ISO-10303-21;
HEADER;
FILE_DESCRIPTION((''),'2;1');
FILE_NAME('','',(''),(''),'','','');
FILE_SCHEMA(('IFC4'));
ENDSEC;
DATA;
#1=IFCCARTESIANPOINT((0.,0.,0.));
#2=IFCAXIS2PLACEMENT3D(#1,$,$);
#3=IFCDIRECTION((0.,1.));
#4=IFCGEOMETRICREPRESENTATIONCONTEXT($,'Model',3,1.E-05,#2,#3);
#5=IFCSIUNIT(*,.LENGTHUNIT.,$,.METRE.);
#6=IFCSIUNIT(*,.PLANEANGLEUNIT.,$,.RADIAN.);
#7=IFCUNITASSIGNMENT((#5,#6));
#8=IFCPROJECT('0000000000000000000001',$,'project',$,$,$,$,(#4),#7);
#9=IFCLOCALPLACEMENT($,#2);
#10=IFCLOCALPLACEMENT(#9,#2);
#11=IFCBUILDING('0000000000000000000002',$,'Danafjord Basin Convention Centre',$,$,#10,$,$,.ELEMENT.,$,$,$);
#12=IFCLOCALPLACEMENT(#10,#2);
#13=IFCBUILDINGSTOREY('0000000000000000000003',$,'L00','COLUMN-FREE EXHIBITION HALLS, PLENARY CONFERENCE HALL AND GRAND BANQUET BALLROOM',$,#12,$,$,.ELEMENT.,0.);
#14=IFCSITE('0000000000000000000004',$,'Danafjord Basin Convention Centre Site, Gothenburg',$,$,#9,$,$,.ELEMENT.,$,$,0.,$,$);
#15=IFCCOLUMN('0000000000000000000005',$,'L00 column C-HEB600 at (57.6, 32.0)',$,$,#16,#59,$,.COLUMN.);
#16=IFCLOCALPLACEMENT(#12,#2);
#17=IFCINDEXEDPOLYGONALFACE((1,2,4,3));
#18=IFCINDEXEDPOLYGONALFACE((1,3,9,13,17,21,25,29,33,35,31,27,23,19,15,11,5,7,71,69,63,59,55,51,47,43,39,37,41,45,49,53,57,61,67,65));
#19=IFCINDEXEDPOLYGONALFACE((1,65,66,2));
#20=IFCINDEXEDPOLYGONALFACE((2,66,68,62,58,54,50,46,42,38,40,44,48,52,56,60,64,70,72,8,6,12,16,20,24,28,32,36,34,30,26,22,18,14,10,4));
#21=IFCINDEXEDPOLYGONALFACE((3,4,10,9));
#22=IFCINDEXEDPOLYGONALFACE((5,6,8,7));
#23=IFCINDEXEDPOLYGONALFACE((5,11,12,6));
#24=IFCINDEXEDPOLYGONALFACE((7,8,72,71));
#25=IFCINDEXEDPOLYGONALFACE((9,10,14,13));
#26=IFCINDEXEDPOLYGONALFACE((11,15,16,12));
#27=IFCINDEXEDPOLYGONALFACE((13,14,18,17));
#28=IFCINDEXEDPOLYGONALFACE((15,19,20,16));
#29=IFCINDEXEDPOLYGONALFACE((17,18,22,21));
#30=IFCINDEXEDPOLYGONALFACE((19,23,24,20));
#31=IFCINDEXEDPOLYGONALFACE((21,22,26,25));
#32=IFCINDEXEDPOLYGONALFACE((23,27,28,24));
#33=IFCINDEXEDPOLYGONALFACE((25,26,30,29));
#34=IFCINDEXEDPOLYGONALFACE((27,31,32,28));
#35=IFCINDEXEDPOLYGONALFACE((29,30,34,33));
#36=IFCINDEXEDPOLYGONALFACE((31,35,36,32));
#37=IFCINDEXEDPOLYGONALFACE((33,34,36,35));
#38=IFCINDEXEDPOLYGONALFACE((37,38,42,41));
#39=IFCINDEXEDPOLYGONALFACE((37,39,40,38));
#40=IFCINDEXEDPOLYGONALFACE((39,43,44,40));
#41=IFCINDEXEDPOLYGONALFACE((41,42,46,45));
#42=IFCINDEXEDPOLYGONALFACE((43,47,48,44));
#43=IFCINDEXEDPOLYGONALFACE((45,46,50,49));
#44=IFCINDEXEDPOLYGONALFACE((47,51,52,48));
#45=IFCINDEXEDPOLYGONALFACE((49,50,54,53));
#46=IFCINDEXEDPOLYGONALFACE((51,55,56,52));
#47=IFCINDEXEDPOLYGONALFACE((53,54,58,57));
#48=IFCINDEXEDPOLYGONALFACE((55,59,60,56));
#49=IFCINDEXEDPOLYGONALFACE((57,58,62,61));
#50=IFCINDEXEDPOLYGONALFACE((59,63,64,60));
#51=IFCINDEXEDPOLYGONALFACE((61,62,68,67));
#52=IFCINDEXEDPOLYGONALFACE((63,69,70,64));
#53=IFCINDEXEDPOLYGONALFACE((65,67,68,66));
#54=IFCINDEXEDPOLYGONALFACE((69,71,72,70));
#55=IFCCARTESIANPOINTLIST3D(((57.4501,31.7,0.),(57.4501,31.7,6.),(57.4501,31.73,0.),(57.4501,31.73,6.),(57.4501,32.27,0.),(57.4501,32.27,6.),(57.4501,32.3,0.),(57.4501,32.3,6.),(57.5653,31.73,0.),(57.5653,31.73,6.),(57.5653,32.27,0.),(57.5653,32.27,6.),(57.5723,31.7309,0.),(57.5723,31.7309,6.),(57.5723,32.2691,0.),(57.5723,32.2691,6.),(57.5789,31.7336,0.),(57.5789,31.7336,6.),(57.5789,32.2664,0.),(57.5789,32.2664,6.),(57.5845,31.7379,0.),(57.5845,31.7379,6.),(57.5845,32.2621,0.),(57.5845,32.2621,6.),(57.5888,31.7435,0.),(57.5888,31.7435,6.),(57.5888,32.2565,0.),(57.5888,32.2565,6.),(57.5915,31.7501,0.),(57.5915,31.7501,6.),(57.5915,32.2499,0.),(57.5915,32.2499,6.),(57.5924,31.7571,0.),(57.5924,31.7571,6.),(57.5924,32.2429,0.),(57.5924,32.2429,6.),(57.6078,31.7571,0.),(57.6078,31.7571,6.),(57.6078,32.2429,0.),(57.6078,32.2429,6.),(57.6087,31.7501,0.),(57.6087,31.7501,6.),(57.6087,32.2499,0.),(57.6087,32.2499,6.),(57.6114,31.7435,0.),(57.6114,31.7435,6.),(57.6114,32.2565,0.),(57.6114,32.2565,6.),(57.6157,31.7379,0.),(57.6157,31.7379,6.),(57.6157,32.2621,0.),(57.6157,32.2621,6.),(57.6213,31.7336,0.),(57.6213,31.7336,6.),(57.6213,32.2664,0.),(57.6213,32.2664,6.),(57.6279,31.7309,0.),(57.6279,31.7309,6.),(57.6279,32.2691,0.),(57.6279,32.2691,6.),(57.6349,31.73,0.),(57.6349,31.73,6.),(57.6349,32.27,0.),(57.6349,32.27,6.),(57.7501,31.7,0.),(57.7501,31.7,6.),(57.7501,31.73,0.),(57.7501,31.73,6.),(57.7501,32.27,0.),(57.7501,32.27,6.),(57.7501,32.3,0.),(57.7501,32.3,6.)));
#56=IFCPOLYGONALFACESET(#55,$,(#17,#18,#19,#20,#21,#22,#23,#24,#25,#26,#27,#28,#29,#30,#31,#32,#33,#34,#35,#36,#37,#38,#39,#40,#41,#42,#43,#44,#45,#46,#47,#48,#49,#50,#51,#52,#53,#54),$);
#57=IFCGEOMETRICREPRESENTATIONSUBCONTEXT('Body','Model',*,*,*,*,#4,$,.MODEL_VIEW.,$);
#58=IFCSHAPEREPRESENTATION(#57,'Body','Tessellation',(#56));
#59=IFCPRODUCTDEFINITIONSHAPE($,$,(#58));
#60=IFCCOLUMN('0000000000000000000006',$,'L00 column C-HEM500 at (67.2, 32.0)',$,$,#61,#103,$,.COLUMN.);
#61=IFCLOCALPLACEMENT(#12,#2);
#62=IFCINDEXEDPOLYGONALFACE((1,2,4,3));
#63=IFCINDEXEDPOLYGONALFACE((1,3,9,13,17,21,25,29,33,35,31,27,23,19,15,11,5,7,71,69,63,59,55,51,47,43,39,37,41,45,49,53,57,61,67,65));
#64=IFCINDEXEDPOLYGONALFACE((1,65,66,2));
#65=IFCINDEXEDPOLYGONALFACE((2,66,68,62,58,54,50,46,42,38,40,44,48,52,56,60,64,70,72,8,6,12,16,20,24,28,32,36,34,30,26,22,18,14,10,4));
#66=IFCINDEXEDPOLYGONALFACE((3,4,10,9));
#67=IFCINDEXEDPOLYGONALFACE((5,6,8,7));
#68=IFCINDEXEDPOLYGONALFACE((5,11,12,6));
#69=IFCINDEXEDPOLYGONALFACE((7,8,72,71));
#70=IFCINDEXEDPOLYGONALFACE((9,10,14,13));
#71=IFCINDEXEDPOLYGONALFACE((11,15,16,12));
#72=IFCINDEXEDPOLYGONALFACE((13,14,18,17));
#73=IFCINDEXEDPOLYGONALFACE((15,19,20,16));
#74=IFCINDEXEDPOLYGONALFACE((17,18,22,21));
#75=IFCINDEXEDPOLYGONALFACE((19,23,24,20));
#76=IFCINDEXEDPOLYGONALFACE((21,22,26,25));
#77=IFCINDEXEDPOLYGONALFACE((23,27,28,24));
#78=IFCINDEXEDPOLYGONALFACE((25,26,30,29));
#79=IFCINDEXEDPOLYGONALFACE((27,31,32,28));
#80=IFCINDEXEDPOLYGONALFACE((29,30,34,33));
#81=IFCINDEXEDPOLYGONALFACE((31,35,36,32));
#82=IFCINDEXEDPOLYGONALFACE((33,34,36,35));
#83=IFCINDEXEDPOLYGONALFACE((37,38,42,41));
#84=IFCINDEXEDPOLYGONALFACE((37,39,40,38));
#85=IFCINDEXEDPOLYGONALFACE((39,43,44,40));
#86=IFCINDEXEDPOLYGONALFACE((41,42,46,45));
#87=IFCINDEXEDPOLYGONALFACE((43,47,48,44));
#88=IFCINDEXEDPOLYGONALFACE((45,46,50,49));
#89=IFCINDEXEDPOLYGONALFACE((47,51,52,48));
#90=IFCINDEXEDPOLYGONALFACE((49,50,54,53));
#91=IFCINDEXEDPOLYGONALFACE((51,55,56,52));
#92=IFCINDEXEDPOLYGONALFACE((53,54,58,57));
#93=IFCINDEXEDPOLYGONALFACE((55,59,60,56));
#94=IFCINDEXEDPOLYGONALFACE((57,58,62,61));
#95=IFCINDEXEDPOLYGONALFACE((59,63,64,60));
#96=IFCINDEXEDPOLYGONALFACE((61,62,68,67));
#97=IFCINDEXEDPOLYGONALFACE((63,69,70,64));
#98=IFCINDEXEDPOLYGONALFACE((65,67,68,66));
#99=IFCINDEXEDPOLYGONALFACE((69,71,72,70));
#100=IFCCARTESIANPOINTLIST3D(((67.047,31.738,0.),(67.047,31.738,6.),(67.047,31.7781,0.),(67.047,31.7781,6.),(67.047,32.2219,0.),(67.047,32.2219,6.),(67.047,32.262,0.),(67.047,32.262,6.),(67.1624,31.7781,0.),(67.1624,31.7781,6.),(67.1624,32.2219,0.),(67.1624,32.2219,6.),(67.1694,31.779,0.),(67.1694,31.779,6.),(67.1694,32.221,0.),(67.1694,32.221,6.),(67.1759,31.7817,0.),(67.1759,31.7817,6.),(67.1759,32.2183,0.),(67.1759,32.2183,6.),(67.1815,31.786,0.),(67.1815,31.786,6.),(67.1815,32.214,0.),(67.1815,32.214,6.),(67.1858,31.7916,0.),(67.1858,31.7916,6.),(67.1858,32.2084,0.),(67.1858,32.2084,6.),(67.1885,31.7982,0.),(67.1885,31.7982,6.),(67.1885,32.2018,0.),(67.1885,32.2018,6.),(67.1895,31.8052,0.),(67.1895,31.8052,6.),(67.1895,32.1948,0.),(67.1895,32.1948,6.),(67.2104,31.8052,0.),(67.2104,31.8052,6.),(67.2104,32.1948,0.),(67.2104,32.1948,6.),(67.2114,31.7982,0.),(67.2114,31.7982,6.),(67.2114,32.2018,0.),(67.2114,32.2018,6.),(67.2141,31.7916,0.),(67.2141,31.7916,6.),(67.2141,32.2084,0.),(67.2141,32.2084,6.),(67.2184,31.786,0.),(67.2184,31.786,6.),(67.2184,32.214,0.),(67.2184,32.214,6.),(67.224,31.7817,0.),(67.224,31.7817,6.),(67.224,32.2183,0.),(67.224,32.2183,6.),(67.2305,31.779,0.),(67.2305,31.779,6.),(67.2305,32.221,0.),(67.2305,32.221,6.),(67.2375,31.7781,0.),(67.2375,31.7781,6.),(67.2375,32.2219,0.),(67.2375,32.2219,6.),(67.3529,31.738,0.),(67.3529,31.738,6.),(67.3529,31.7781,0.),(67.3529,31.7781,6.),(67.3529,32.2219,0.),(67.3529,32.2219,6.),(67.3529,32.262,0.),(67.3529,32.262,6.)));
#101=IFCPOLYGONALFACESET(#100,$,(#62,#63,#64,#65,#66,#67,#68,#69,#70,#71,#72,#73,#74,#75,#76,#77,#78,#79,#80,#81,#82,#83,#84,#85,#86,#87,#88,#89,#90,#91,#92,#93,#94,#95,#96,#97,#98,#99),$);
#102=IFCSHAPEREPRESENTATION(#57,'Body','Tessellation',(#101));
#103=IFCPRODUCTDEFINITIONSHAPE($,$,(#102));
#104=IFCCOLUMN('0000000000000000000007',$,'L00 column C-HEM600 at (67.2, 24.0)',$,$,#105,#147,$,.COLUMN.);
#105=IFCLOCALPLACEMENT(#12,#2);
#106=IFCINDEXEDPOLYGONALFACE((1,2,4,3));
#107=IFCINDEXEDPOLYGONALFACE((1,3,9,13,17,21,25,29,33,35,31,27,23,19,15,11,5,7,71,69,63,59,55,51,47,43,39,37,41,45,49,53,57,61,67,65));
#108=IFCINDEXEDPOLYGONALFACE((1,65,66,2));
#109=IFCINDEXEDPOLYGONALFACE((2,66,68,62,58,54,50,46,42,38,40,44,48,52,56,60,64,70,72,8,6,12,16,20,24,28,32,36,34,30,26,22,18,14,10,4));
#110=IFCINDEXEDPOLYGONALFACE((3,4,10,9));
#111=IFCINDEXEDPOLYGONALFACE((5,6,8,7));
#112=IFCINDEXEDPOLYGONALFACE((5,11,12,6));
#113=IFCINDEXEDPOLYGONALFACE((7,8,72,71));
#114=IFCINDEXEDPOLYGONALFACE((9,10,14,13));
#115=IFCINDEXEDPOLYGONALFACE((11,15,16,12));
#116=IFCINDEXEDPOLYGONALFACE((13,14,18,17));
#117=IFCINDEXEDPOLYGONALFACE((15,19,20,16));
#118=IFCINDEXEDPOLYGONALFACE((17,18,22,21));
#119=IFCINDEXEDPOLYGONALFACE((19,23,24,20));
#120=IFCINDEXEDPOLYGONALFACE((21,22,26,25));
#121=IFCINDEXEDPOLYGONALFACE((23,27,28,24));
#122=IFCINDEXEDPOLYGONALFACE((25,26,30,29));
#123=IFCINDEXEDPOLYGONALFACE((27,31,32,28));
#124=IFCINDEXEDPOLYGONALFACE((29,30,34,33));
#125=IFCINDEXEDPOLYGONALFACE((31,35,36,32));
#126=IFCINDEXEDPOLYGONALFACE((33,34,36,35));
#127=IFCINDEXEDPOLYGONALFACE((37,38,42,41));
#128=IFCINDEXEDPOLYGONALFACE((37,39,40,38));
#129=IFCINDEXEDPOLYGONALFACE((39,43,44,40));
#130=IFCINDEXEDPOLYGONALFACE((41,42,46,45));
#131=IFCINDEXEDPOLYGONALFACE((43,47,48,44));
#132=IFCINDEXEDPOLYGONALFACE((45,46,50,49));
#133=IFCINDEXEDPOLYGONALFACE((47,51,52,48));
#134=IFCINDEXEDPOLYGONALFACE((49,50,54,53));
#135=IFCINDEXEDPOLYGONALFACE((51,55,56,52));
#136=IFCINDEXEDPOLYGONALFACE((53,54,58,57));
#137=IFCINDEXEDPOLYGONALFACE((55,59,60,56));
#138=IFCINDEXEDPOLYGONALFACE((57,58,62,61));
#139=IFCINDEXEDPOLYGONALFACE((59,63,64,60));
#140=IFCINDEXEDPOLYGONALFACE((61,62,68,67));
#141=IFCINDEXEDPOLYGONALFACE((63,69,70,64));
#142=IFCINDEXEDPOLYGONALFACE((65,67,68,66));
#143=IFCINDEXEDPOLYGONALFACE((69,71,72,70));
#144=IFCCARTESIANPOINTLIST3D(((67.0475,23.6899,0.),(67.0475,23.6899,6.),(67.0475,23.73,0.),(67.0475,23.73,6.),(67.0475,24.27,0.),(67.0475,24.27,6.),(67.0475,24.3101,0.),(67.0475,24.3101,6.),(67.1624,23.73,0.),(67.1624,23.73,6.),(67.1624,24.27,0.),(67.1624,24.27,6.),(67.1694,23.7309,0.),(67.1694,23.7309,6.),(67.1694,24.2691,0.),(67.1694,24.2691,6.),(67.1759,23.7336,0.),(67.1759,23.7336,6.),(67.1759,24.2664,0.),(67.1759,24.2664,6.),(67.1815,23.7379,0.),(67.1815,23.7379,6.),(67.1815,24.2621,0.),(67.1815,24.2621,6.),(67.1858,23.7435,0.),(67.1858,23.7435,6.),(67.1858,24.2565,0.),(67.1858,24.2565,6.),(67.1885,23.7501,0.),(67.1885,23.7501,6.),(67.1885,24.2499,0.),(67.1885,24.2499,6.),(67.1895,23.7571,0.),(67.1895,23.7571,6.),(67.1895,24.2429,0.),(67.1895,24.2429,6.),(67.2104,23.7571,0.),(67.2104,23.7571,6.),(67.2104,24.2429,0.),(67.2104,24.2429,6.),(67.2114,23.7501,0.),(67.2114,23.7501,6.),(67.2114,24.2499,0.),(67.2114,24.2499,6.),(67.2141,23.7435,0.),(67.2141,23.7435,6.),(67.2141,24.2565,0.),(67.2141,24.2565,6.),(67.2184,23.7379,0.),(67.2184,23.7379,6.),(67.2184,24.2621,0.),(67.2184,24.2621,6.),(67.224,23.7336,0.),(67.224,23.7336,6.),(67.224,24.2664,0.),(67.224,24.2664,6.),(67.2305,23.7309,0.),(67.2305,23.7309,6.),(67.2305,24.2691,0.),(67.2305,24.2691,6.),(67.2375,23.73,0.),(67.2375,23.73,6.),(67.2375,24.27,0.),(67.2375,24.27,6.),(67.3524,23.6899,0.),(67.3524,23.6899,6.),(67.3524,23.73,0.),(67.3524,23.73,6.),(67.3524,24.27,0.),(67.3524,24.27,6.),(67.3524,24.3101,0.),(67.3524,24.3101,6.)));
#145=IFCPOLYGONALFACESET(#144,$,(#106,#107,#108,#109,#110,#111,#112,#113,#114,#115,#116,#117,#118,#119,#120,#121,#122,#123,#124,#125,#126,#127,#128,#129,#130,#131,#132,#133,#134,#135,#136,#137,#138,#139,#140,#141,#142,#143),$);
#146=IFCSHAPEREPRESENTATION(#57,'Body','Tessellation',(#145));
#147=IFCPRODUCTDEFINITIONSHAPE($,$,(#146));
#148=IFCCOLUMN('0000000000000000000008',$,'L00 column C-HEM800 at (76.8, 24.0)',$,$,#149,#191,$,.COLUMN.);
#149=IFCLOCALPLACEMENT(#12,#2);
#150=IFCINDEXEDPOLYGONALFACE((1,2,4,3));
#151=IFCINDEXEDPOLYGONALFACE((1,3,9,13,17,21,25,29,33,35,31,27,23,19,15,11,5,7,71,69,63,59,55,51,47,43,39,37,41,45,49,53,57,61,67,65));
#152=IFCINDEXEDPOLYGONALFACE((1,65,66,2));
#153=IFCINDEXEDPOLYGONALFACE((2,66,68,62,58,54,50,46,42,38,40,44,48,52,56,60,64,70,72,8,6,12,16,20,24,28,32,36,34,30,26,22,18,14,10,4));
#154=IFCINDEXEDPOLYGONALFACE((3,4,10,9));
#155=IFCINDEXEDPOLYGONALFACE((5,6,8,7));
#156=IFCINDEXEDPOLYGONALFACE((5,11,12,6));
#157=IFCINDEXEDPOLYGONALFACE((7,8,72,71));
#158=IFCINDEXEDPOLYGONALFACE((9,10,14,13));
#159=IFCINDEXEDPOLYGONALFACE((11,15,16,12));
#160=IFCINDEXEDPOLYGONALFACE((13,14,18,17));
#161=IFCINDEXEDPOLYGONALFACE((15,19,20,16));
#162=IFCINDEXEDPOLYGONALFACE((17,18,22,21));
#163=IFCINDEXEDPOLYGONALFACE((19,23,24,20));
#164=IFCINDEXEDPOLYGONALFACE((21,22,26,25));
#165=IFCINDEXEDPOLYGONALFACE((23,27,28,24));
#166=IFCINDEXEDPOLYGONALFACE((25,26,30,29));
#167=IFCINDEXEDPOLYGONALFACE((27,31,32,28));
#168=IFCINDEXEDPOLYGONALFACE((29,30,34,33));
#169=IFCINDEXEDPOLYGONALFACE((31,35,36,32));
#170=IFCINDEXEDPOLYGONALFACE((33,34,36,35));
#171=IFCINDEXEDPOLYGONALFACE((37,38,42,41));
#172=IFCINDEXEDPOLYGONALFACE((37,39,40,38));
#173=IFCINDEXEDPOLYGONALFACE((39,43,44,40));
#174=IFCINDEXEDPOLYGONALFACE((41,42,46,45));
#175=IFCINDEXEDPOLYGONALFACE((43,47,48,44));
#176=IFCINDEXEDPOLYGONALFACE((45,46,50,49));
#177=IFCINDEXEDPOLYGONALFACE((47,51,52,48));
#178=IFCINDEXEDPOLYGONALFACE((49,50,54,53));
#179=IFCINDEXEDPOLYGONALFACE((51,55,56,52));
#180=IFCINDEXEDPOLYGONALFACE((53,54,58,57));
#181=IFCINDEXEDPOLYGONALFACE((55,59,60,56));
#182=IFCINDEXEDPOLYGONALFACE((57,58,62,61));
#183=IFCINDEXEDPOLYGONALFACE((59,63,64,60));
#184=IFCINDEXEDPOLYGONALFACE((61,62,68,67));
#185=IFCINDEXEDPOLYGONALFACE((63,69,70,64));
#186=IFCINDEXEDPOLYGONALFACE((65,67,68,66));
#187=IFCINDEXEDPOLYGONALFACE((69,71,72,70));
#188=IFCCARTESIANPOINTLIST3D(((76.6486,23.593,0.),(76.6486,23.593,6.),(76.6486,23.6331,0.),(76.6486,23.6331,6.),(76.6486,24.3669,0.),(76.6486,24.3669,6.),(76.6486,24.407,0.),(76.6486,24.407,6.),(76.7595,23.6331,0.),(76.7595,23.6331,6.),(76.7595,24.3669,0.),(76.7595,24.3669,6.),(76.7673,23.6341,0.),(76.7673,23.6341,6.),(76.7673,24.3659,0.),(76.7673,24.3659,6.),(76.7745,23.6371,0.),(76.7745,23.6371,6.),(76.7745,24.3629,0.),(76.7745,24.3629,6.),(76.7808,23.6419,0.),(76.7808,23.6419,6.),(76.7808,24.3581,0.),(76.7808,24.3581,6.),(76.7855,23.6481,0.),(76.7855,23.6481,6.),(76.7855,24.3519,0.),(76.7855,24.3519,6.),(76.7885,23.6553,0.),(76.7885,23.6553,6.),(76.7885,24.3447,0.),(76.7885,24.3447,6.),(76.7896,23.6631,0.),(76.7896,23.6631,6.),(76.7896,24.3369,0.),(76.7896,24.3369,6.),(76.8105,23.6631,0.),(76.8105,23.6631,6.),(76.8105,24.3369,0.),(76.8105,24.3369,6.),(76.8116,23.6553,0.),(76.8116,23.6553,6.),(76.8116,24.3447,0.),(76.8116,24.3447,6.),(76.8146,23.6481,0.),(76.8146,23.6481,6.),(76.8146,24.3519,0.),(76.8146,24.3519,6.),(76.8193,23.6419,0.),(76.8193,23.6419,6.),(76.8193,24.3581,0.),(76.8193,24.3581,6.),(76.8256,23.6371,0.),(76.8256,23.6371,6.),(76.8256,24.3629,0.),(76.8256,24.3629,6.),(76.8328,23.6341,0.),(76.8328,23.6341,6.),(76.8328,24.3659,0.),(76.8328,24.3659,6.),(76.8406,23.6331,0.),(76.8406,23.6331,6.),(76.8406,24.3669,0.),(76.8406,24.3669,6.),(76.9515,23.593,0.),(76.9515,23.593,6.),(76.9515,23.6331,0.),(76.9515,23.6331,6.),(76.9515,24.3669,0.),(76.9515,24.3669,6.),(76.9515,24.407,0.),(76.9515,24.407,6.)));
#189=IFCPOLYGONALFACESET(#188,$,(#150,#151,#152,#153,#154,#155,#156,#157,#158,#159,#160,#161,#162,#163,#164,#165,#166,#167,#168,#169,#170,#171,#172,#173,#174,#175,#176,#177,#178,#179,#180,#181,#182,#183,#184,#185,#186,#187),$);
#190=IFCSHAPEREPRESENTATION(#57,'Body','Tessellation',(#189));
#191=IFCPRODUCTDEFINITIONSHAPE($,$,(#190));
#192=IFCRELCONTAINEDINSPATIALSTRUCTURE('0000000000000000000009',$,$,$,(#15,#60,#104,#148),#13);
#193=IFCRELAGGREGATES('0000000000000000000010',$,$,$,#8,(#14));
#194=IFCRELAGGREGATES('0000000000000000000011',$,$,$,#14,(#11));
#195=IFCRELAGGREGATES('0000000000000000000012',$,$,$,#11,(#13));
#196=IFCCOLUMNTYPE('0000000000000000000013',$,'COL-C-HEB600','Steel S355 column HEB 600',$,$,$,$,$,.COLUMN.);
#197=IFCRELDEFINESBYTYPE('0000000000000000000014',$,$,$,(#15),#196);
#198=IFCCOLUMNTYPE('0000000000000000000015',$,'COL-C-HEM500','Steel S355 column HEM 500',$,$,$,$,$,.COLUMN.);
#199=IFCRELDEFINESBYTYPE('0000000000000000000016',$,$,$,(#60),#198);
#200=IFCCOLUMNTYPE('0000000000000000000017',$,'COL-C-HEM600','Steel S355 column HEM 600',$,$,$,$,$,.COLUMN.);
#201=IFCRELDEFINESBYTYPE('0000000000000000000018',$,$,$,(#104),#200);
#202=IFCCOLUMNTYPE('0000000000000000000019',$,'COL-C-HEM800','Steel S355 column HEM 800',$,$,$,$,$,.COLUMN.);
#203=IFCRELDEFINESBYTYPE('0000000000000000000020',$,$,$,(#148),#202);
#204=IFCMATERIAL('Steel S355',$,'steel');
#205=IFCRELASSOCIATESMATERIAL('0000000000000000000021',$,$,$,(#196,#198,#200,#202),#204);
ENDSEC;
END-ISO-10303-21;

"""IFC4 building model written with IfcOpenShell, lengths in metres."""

from ifc_helpers import new_model, si_unit, direction, frame, origin, origin_2d, place, context, subcontext, project, spatial, i_section, extrude, material, material_profile, profile_set, type_object, element, save


model = new_model("IFC4")

# Units and contexts
model_context = context("Model", 3, precision=1e-05, world=origin(), true_north=direction((0.0, 1.0)))
body_context = subcontext(model_context, "Body", "Model", "MODEL_VIEW")
ifc_project = project(units=[si_unit("LENGTHUNIT", "METRE"), si_unit("PLANEANGLEUNIT", "RADIAN")], contexts=[model_context])

# Site, building, storey
site_placement = place(None, origin())
site = spatial("IfcSite", under=ifc_project, at=site_placement, Name="Danafjord Basin Convention Centre Site, Gothenburg", CompositionType="ELEMENT", RefElevation=0.0)
building_placement = place(site_placement, origin())
building = spatial("IfcBuilding", under=site, at=building_placement, Name="Danafjord Basin Convention Centre", CompositionType="ELEMENT")
storey_placement = place(building_placement, origin())
storey = spatial("IfcBuildingStorey", under=building, at=storey_placement, Name="L00", Description="COLUMN-FREE EXHIBITION HALLS, PLENARY CONFERENCE HALL AND GRAND BANQUET BALLROOM", CompositionType="ELEMENT", Elevation=0.0)

# Columns
ifc_material_1 = material(Name="Steel S355", Category="steel")
ifc_material_profile_1 = material_profile(ifc_material_1, i_section(OverallWidth=0.3, OverallDepth=0.6001, WebThickness=0.0154, FlangeThickness=0.03, FilletRadius=0.0271, at=origin_2d()), Name="HEB 600")
ifc_profile_set_1 = profile_set([ifc_material_profile_1], Name="Steel S355")
column_type_1 = type_object("IfcColumnType", Name="COL-C-HEB600", Description="Steel S355 column HEB 600", PredefinedType="COLUMN", material=ifc_profile_set_1)
column_1_placement = place(storey_placement, frame((57.6001, 32.0, 0.0), z_axis=(0.0, 0.0, 1.0), x_axis=(1.0, 0.0, 0.0)))
element("IfcColumn", 1, at=column_1_placement, inside=storey, type_object=column_type_1, Name="L00 column C-HEB600 at (57.6, 32.0)", PredefinedType="COLUMN", context=body_context, shape_type="SweptSolid", body=[
    extrude(i_section(OverallWidth=0.3, OverallDepth=0.6001, WebThickness=0.0154, FlangeThickness=0.03, FilletRadius=0.0271, at=origin_2d()), origin(), (0.0, 0.0, 1.0), 6.0),
])
ifc_material_profile_2 = material_profile(ifc_material_1, i_section(OverallWidth=0.3059, OverallDepth=0.5239, WebThickness=0.021, FlangeThickness=0.04, FilletRadius=0.0271, at=origin_2d()), Name="HEM 500")
ifc_profile_set_2 = profile_set([ifc_material_profile_2], Name="Steel S355")
column_type_2 = type_object("IfcColumnType", Name="COL-C-HEM500", Description="Steel S355 column HEM 500", PredefinedType="COLUMN", material=ifc_profile_set_2)
column_2_placement = place(storey_placement, frame((67.2, 32.0, 0.0), z_axis=(0.0, 0.0, 1.0), x_axis=(1.0, 0.0, 0.0)))
element("IfcColumn", 2, at=column_2_placement, inside=storey, type_object=column_type_2, Name="L00 column C-HEM500 at (67.2, 32.0)", PredefinedType="COLUMN", context=body_context, shape_type="SweptSolid", body=[
    extrude(i_section(OverallWidth=0.3059, OverallDepth=0.5239, WebThickness=0.021, FlangeThickness=0.04, FilletRadius=0.0271, at=origin_2d()), origin(), (0.0, 0.0, 1.0), 6.0),
])
ifc_material_profile_3 = material_profile(ifc_material_1, i_section(OverallWidth=0.3049, OverallDepth=0.6201, WebThickness=0.021, FlangeThickness=0.04, FilletRadius=0.0271, at=origin_2d()), Name="HEM 600")
ifc_profile_set_3 = profile_set([ifc_material_profile_3], Name="Steel S355")
column_type_3 = type_object("IfcColumnType", Name="COL-C-HEM600", Description="Steel S355 column HEM 600", PredefinedType="COLUMN", material=ifc_profile_set_3)
column_3_placement = place(storey_placement, frame((67.2, 24.0, 0.0), z_axis=(0.0, 0.0, 1.0), x_axis=(1.0, 0.0, 0.0)))
element("IfcColumn", 3, at=column_3_placement, inside=storey, type_object=column_type_3, Name="L00 column C-HEM600 at (67.2, 24.0)", PredefinedType="COLUMN", context=body_context, shape_type="SweptSolid", body=[
    extrude(i_section(OverallWidth=0.3049, OverallDepth=0.6201, WebThickness=0.021, FlangeThickness=0.04, FilletRadius=0.0271, at=origin_2d()), origin(), (0.0, 0.0, 1.0), 6.0),
])
ifc_material_profile_4 = material_profile(ifc_material_1, i_section(OverallWidth=0.303, OverallDepth=0.814, WebThickness=0.021, FlangeThickness=0.04, FilletRadius=0.03, at=origin_2d()), Name="HEM 800")
ifc_profile_set_4 = profile_set([ifc_material_profile_4], Name="Steel S355")
column_type_4 = type_object("IfcColumnType", Name="COL-C-HEM800", Description="Steel S355 column HEM 800", PredefinedType="COLUMN", material=ifc_profile_set_4)
column_4_placement = place(storey_placement, frame((76.8, 24.0, 0.0), z_axis=(0.0, 0.0, 1.0), x_axis=(1.0, 0.0, 0.0)))
element("IfcColumn", 4, at=column_4_placement, inside=storey, type_object=column_type_4, Name="L00 column C-HEM800 at (76.8, 24.0)", PredefinedType="COLUMN", context=body_context, shape_type="SweptSolid", body=[
    extrude(i_section(OverallWidth=0.303, OverallDepth=0.814, WebThickness=0.021, FlangeThickness=0.04, FilletRadius=0.03, at=origin_2d()), origin(), (0.0, 0.0, 1.0), 6.0),
])

save(model, "model.ifc")
